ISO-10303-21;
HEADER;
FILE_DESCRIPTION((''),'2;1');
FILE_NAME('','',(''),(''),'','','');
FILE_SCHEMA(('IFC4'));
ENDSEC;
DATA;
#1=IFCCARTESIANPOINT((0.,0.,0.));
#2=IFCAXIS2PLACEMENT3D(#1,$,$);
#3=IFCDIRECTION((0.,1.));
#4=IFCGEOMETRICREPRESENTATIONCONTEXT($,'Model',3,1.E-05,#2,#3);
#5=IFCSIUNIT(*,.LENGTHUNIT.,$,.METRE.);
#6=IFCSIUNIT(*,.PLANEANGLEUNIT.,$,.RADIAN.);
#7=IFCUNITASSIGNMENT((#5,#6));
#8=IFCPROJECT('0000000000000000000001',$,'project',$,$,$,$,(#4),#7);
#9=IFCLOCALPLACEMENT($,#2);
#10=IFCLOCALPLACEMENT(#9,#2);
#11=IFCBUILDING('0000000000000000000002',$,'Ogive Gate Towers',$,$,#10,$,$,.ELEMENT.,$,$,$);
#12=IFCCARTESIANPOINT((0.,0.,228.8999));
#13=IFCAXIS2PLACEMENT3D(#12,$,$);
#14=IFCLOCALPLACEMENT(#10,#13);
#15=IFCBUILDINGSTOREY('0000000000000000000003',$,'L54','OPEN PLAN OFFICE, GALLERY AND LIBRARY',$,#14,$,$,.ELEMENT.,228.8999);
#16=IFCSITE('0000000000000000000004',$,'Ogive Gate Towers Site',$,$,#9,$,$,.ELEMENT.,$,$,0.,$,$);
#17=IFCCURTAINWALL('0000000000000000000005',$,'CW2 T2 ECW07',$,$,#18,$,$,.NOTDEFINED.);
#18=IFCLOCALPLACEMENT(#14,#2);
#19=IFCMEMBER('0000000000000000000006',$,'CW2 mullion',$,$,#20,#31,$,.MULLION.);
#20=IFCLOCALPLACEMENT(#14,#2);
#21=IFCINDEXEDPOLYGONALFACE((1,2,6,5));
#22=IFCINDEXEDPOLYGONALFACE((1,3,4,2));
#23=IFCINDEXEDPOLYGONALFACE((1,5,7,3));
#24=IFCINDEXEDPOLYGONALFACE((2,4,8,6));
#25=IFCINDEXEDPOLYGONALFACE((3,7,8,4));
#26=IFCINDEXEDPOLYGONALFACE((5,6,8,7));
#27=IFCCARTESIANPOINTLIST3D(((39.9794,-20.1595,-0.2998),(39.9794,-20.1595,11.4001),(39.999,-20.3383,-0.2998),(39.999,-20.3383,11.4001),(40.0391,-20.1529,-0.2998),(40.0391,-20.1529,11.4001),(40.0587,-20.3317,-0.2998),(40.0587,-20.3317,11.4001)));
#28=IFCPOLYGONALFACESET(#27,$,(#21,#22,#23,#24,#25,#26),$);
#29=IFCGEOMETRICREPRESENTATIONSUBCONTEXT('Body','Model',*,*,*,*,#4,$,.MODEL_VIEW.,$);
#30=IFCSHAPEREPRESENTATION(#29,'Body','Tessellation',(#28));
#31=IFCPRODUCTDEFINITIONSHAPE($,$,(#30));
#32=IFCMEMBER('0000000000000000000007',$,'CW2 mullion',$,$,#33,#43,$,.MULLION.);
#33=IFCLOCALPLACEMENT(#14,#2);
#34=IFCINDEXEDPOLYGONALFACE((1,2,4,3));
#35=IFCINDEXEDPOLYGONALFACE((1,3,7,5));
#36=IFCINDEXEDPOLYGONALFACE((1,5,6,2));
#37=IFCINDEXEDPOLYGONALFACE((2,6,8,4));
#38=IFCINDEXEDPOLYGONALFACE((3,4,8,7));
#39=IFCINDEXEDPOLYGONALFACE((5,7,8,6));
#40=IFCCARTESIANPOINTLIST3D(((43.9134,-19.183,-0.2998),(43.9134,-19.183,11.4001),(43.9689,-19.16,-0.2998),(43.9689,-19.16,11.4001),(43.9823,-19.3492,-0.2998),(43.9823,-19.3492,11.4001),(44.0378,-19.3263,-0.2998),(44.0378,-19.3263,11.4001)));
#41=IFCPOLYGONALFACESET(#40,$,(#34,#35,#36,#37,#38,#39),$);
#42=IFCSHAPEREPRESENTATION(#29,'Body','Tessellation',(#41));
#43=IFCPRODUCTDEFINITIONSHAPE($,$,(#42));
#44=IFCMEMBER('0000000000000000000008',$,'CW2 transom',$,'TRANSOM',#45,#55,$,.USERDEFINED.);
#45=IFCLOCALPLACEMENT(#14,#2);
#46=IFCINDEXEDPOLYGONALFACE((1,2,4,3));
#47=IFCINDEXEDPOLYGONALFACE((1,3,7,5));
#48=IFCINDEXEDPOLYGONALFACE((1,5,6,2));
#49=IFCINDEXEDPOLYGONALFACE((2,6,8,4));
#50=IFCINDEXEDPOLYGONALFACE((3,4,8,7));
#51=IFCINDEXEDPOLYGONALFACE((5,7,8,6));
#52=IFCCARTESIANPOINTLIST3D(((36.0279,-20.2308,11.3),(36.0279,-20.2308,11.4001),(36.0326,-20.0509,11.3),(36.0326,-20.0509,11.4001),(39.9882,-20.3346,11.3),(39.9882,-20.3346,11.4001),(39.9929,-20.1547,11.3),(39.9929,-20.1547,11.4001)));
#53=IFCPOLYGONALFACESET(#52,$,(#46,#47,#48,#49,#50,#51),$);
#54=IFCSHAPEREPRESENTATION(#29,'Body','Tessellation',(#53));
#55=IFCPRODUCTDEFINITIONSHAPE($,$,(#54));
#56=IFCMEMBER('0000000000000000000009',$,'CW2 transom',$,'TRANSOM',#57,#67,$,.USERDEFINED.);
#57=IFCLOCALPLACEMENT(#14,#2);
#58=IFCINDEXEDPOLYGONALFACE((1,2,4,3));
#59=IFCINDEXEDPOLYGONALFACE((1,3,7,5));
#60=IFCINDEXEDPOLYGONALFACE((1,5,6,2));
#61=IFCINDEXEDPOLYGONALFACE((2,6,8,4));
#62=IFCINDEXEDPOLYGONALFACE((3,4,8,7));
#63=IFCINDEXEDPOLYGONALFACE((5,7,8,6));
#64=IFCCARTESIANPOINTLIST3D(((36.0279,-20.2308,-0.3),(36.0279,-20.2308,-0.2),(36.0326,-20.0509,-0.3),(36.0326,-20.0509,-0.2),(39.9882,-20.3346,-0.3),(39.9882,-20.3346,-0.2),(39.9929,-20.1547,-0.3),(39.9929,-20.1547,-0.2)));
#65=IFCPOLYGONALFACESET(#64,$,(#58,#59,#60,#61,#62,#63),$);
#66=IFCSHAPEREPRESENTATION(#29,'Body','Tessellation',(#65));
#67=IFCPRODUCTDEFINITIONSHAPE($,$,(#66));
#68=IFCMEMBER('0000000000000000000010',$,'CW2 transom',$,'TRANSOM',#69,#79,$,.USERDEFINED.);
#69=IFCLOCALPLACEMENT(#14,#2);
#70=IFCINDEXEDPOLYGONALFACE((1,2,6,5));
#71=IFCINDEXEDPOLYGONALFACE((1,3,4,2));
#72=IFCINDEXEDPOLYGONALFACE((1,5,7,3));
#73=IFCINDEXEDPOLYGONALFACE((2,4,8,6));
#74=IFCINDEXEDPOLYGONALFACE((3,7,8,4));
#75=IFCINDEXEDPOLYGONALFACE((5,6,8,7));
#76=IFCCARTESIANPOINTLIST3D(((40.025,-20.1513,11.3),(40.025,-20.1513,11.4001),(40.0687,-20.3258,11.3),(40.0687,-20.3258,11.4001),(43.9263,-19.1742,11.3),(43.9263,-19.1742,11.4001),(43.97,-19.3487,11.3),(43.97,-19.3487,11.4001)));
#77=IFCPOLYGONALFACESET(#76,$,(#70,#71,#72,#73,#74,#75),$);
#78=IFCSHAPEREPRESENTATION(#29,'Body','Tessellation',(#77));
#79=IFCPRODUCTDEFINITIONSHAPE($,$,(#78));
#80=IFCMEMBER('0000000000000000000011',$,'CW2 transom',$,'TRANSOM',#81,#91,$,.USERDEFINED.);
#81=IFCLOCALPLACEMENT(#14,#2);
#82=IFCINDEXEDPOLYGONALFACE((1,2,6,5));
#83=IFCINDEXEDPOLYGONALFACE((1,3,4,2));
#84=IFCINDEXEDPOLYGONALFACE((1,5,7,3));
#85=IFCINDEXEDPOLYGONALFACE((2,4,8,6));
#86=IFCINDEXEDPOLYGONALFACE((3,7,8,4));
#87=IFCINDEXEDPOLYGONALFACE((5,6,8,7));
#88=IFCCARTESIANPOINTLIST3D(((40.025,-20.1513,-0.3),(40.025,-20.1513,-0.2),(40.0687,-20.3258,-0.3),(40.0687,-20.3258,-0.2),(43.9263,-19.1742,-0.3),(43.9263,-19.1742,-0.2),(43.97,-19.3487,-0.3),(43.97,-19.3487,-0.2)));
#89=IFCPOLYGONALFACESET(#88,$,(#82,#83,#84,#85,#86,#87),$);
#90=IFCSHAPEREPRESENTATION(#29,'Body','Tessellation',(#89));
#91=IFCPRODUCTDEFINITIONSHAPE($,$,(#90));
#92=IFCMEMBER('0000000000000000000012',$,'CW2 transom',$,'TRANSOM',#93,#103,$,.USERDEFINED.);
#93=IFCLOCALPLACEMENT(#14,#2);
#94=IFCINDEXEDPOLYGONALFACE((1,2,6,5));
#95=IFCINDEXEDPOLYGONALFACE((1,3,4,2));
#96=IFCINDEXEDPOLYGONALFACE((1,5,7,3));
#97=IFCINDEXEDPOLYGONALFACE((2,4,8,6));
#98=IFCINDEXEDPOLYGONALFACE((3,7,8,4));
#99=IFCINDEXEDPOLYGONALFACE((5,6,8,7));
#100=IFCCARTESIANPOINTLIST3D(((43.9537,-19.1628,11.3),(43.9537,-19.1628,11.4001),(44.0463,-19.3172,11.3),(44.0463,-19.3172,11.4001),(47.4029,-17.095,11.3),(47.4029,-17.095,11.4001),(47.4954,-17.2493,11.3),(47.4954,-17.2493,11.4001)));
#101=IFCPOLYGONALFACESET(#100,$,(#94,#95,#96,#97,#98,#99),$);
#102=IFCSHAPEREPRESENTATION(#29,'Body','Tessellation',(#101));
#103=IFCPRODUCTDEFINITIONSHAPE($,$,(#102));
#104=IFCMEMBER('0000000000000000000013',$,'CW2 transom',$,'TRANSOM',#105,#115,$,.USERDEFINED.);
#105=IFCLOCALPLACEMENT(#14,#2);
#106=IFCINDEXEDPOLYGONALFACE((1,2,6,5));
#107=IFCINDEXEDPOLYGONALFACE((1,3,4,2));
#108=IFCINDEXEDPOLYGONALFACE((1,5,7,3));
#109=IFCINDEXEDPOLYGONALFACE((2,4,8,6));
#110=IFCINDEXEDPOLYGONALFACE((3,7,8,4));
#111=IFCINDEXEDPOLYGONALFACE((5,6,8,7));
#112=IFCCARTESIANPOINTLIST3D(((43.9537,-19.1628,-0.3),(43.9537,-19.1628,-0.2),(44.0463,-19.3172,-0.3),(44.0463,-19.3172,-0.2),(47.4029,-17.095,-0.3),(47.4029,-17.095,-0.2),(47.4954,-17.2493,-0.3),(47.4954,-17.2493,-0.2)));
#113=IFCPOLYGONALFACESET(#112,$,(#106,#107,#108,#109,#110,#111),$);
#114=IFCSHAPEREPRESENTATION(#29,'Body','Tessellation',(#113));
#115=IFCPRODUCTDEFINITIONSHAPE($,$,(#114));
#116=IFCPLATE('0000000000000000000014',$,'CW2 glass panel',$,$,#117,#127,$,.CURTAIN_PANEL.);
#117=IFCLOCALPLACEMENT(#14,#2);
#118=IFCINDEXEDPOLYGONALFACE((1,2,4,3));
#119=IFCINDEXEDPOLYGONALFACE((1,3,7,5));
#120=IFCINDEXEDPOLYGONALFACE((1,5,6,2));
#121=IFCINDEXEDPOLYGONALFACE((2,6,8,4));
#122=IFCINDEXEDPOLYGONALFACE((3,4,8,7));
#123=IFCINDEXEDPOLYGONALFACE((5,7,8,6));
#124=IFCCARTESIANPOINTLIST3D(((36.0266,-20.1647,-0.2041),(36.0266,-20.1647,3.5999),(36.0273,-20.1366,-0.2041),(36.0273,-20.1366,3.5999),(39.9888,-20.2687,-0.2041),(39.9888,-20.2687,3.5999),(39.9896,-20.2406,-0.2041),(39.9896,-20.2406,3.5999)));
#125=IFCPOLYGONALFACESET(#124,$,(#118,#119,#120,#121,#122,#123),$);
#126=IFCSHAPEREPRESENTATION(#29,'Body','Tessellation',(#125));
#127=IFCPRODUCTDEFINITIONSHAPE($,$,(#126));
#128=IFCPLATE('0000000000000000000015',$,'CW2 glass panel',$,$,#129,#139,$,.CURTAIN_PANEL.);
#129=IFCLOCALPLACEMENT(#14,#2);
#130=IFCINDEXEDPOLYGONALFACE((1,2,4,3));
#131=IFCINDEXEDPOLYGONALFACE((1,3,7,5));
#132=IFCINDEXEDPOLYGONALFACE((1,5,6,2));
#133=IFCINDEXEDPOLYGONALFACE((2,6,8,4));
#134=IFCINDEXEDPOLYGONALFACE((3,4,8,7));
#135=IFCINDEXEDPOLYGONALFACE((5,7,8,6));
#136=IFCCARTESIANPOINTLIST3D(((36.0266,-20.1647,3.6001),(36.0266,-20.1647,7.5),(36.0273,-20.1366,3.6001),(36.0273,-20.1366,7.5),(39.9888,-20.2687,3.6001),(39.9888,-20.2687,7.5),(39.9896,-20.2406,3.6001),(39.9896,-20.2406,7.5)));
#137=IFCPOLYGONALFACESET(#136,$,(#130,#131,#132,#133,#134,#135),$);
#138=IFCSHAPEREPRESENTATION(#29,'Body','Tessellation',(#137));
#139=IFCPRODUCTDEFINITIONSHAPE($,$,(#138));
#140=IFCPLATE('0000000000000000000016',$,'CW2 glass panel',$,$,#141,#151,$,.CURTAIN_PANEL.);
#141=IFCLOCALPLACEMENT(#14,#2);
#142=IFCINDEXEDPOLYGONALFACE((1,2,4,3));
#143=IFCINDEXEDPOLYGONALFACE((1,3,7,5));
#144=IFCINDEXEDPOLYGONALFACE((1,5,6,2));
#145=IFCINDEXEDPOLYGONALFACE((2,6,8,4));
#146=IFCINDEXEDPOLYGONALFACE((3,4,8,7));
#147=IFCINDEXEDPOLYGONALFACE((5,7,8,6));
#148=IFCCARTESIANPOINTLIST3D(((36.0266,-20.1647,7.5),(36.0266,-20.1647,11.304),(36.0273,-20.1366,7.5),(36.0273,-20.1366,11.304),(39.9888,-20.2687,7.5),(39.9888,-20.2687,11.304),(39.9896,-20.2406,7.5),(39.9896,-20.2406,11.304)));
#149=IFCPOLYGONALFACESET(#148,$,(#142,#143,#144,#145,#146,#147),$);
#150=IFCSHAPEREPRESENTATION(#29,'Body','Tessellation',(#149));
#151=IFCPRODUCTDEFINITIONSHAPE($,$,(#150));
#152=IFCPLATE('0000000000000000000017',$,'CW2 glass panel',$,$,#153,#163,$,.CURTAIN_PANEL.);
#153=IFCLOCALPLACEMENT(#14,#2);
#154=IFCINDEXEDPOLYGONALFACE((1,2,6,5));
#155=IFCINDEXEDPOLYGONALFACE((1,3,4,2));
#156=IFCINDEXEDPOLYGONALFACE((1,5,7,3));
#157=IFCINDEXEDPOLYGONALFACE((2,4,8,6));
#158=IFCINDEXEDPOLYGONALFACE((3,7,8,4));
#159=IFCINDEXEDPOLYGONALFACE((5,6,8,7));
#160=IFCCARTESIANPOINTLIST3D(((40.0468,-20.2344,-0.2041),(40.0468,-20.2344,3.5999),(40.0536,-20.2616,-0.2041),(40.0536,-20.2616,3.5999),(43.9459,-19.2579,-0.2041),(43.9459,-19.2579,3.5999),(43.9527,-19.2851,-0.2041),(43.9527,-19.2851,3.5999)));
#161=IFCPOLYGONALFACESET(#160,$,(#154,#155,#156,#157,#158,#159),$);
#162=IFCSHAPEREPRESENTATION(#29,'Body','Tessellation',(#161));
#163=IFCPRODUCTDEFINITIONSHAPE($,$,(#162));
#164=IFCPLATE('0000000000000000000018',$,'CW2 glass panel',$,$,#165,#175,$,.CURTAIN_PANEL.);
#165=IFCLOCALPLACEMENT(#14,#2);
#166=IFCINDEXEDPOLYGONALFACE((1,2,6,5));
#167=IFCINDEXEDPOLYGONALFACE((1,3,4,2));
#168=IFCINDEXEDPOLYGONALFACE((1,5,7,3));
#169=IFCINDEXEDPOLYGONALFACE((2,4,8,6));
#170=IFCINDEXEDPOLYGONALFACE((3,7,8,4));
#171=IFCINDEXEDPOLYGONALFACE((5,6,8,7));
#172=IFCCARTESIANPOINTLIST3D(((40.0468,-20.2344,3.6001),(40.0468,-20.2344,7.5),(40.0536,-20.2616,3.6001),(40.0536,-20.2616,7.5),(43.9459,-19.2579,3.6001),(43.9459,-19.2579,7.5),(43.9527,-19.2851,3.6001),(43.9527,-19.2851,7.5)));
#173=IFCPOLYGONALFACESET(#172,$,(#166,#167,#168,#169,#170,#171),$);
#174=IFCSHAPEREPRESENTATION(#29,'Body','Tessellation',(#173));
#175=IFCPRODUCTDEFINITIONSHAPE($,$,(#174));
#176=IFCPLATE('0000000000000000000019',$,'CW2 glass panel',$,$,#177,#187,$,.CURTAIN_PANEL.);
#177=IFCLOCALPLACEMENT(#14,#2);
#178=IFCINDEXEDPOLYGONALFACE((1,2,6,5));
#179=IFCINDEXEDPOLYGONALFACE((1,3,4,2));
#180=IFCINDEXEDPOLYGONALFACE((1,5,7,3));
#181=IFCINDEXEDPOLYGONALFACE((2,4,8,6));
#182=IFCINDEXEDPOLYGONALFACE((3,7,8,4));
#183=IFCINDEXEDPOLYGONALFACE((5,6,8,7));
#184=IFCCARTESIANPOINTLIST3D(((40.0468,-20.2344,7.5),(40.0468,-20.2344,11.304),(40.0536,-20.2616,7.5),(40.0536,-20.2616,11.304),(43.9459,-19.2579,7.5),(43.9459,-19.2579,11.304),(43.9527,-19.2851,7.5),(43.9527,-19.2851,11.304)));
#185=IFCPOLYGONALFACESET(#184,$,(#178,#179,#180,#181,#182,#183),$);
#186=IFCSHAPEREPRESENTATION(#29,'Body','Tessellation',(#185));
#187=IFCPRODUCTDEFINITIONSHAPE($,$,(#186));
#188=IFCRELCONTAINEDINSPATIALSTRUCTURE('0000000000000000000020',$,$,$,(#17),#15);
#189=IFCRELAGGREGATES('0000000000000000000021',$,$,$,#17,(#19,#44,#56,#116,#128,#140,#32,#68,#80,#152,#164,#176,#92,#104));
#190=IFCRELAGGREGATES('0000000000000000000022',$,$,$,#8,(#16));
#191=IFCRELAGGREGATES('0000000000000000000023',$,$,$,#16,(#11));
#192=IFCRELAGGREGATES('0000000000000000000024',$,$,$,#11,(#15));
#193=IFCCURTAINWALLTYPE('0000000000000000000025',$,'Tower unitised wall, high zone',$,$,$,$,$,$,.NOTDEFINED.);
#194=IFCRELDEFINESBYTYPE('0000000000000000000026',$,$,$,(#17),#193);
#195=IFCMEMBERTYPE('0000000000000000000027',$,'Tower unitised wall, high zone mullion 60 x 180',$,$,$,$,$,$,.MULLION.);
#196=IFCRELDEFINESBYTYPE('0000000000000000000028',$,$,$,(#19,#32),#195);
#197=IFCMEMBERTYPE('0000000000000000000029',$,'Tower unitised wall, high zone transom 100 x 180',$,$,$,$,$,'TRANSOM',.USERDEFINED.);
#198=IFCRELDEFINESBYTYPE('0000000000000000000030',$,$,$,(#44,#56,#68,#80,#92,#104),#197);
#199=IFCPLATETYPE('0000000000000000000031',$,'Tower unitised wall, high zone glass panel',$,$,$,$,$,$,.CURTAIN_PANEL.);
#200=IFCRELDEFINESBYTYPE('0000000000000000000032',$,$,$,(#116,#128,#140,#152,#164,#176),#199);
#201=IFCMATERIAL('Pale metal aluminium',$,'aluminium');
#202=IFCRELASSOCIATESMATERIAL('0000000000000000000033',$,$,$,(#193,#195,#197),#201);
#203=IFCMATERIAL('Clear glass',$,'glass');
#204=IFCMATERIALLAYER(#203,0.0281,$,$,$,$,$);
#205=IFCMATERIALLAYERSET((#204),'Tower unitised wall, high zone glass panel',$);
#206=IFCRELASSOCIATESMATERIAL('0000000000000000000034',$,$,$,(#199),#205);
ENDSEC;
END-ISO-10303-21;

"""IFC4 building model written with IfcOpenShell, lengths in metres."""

from ifc_helpers import new_model, si_unit, direction, frame, origin, origin_2d, place, context, subcontext, project, spatial, rectangle, extrude, material, layer, layer_set, material_profile, profile_set, type_object, element, aggregate, save


model = new_model("IFC4")

# Units and contexts
model_context = context("Model", 3, precision=1e-05, world=origin(), true_north=direction((0.0, 1.0)))
body_context = subcontext(model_context, "Body", "Model", "MODEL_VIEW")
ifc_project = project(units=[si_unit("LENGTHUNIT", "METRE"), si_unit("PLANEANGLEUNIT", "RADIAN")], contexts=[model_context])

# Site, building, storey
site_placement = place(None, origin())
site = spatial("IfcSite", under=ifc_project, at=site_placement, Name="Ogive Gate Towers Site", CompositionType="ELEMENT", RefElevation=0.0)
building_placement = place(site_placement, origin())
building = spatial("IfcBuilding", under=site, at=building_placement, Name="Ogive Gate Towers", CompositionType="ELEMENT")
storey_placement = place(building_placement, frame((0.0, 0.0, 228.8999)))
storey = spatial("IfcBuildingStorey", under=building, at=storey_placement, Name="L54", Description="OPEN PLAN OFFICE, GALLERY AND LIBRARY", CompositionType="ELEMENT", Elevation=228.8999)

# Curtain wall, members, plates
ifc_material_1 = material(Name="Pale metal aluminium", Category="aluminium")
curtain_wall_type = type_object("IfcCurtainWallType", Name="Tower unitised wall, high zone", PredefinedType="NOTDEFINED", material=ifc_material_1)
curtain_wall_placement = place(storey_placement, origin())
curtain_wall = element("IfcCurtainWall", 1, at=curtain_wall_placement, inside=storey, type_object=curtain_wall_type, Name="CW2 T2 ECW07", PredefinedType="NOTDEFINED")
ifc_material_profile_1 = material_profile(ifc_material_1, rectangle(XDim=0.1799, YDim=0.0601, at=origin_2d()), Name="60 x 180 aluminium box")
ifc_profile_set_1 = profile_set([ifc_material_profile_1], Name="Pale metal aluminium")
member_type_1 = type_object("IfcMemberType", Name="Tower unitised wall, high zone mullion 60 x 180", PredefinedType="MULLION", material=ifc_profile_set_1)
member_1_placement = place(storey_placement, frame((40.019, -20.2456, -0.2998), z_axis=(0.0, 0.0, 1.0), x_axis=(0.10937, -0.994001, 0.0)))
member_1 = element("IfcMember", 2, at=member_1_placement, type_object=member_type_1, Name="CW2 mullion", PredefinedType="MULLION", context=body_context, shape_type="SweptSolid", body=[
    extrude(rectangle(XDim=0.1799, YDim=0.0601, at=origin_2d()), origin(), (0.0, 0.0, 1.0), 11.7),
])
member_2_placement = place(storey_placement, frame((43.9756, -19.2546, -0.2998), z_axis=(0.0, 0.0, 1.0), x_axis=(0.3827, -0.923873, 0.0)))
member_2 = element("IfcMember", 3, at=member_2_placement, type_object=member_type_1, Name="CW2 mullion", PredefinedType="MULLION", context=body_context, shape_type="SweptSolid", body=[
    extrude(rectangle(XDim=0.1799, YDim=0.0601, at=origin_2d()), origin(), (0.0, 0.0, 1.0), 11.7),
])
ifc_material_profile_2 = material_profile(ifc_material_1, rectangle(XDim=0.1799, YDim=0.1001, at=origin_2d()), Name="100 x 180 aluminium box")
ifc_profile_set_2 = profile_set([ifc_material_profile_2], Name="Pale metal aluminium")
member_type_2 = type_object("IfcMemberType", Name="Tower unitised wall, high zone transom 100 x 180", ElementType="TRANSOM", PredefinedType="USERDEFINED", material=ifc_profile_set_2)
member_3_placement = place(storey_placement, frame((36.0303, -20.1409, 11.3501), z_axis=(0.999657, -0.026192, 0.0), x_axis=(0.026192, 0.999657, 0.0)))
member_3 = element("IfcMember", 4, at=member_3_placement, type_object=member_type_2, Name="CW2 transom", ObjectType="TRANSOM", PredefinedType="USERDEFINED", context=body_context, shape_type="SweptSolid", body=[
    extrude(rectangle(XDim=0.1799, YDim=0.1001, at=origin_2d()), origin(), (0.0, 0.0, 1.0), 3.9617),
])
member_4_placement = place(storey_placement, frame((36.0303, -20.1409, -0.25), z_axis=(0.999657, -0.026192, 0.0), x_axis=(0.026192, 0.999657, 0.0)))
member_4 = element("IfcMember", 5, at=member_4_placement, type_object=member_type_2, Name="CW2 transom", ObjectType="TRANSOM", PredefinedType="USERDEFINED", context=body_context, shape_type="SweptSolid", body=[
    extrude(rectangle(XDim=0.1799, YDim=0.1001, at=origin_2d()), origin(), (0.0, 0.0, 1.0), 3.9617),
])
member_5_placement = place(storey_placement, frame((40.0469, -20.2385, 11.3501), z_axis=(0.970039, 0.24295, 0.0), x_axis=(-0.24295, 0.970039, 0.0)))
member_5 = element("IfcMember", 6, at=member_5_placement, type_object=member_type_2, Name="CW2 transom", ObjectType="TRANSOM", PredefinedType="USERDEFINED", context=body_context, shape_type="SweptSolid", body=[
    extrude(rectangle(XDim=0.1799, YDim=0.1001, at=origin_2d()), origin(), (0.0, 0.0, 1.0), 4.0217),
])
member_6_placement = place(storey_placement, frame((40.0469, -20.2385, -0.25), z_axis=(0.970039, 0.24295, 0.0), x_axis=(-0.24295, 0.970039, 0.0)))
member_6 = element("IfcMember", 7, at=member_6_placement, type_object=member_type_2, Name="CW2 transom", ObjectType="TRANSOM", PredefinedType="USERDEFINED", context=body_context, shape_type="SweptSolid", body=[
    extrude(rectangle(XDim=0.1799, YDim=0.1001, at=origin_2d()), origin(), (0.0, 0.0, 1.0), 4.0217),
])
member_7_placement = place(storey_placement, frame((44.0, -19.24, 11.3501), z_axis=(0.857675, 0.514192, 0.0), x_axis=(-0.514192, 0.857675, 0.0)))
member_7 = element("IfcMember", 8, at=member_7_placement, type_object=member_type_2, Name="CW2 transom", ObjectType="TRANSOM", PredefinedType="USERDEFINED", context=body_context, shape_type="SweptSolid", body=[
    extrude(rectangle(XDim=0.1799, YDim=0.1001, at=origin_2d()), origin(), (0.0, 0.0, 1.0), 4.0215),
])
member_8_placement = place(storey_placement, frame((44.0, -19.24, -0.25), z_axis=(0.857675, 0.514192, 0.0), x_axis=(-0.514192, 0.857675, 0.0)))
member_8 = element("IfcMember", 9, at=member_8_placement, type_object=member_type_2, Name="CW2 transom", ObjectType="TRANSOM", PredefinedType="USERDEFINED", context=body_context, shape_type="SweptSolid", body=[
    extrude(rectangle(XDim=0.1799, YDim=0.1001, at=origin_2d()), origin(), (0.0, 0.0, 1.0), 4.0215),
])
ifc_material_2 = material(Name="Clear glass", Category="glass")
ifc_layer = layer(ifc_material_2, 0.0281)
ifc_layer_set = layer_set([ifc_layer], Name="Tower unitised wall, high zone glass panel")
plate_type = type_object("IfcPlateType", Name="Tower unitised wall, high zone glass panel", PredefinedType="CURTAIN_PANEL", material=ifc_layer_set)
plate_1_placement = place(storey_placement, frame((38.0081, -20.2026, -0.2041), z_axis=(0.0, 0.0, 1.0), x_axis=(0.999656, -0.026229, 0.0)))
plate_1 = element("IfcPlate", 10, at=plate_1_placement, type_object=plate_type, Name="CW2 glass panel", PredefinedType="CURTAIN_PANEL", context=body_context, shape_type="SweptSolid", body=[
    extrude(rectangle(XDim=3.9636, YDim=0.0281, at=origin_2d()), origin(), (0.0, 0.0, 1.0), 3.804),
])
plate_2_placement = place(storey_placement, frame((38.0081, -20.2026, 3.6001), z_axis=(0.0, 0.0, 1.0), x_axis=(0.999656, -0.026229, 0.0)))
plate_2 = element("IfcPlate", 11, at=plate_2_placement, type_object=plate_type, Name="CW2 glass panel", PredefinedType="CURTAIN_PANEL", context=body_context, shape_type="SweptSolid", body=[
    extrude(rectangle(XDim=3.9636, YDim=0.0281, at=origin_2d()), origin(), (0.0, 0.0, 1.0), 3.8999),
])
plate_3_placement = place(storey_placement, frame((38.0081, -20.2026, 7.5), z_axis=(0.0, 0.0, 1.0), x_axis=(0.999656, -0.026229, 0.0)))
plate_3 = element("IfcPlate", 12, at=plate_3_placement, type_object=plate_type, Name="CW2 glass panel", PredefinedType="CURTAIN_PANEL", context=body_context, shape_type="SweptSolid", body=[
    extrude(rectangle(XDim=3.9636, YDim=0.0281, at=origin_2d()), origin(), (0.0, 0.0, 1.0), 3.804),
])
plate_4_placement = place(storey_placement, frame((41.9998, -19.7598, -0.2041), z_axis=(0.0, 0.0, 1.0), x_axis=(0.970042, 0.242938, 0.0)))
plate_4 = element("IfcPlate", 13, at=plate_4_placement, type_object=plate_type, Name="CW2 glass panel", PredefinedType="CURTAIN_PANEL", context=body_context, shape_type="SweptSolid", body=[
    extrude(rectangle(XDim=4.0195, YDim=0.0281, at=origin_2d()), origin(), (0.0, 0.0, 1.0), 3.804),
])
plate_5_placement = place(storey_placement, frame((41.9998, -19.7598, 3.6001), z_axis=(0.0, 0.0, 1.0), x_axis=(0.970042, 0.242938, 0.0)))
plate_5 = element("IfcPlate", 14, at=plate_5_placement, type_object=plate_type, Name="CW2 glass panel", PredefinedType="CURTAIN_PANEL", context=body_context, shape_type="SweptSolid", body=[
    extrude(rectangle(XDim=4.0195, YDim=0.0281, at=origin_2d()), origin(), (0.0, 0.0, 1.0), 3.8999),
])
plate_6_placement = place(storey_placement, frame((41.9998, -19.7598, 7.5), z_axis=(0.0, 0.0, 1.0), x_axis=(0.970042, 0.242938, 0.0)))
plate_6 = element("IfcPlate", 15, at=plate_6_placement, type_object=plate_type, Name="CW2 glass panel", PredefinedType="CURTAIN_PANEL", context=body_context, shape_type="SweptSolid", body=[
    extrude(rectangle(XDim=4.0195, YDim=0.0281, at=origin_2d()), origin(), (0.0, 0.0, 1.0), 3.804),
])
aggregate(curtain_wall, [member_1, member_3, member_4, plate_1, plate_2, plate_3, member_2, member_5, member_6, plate_4, plate_5, plate_6, member_7, member_8])

save(model, "model.ifc")
